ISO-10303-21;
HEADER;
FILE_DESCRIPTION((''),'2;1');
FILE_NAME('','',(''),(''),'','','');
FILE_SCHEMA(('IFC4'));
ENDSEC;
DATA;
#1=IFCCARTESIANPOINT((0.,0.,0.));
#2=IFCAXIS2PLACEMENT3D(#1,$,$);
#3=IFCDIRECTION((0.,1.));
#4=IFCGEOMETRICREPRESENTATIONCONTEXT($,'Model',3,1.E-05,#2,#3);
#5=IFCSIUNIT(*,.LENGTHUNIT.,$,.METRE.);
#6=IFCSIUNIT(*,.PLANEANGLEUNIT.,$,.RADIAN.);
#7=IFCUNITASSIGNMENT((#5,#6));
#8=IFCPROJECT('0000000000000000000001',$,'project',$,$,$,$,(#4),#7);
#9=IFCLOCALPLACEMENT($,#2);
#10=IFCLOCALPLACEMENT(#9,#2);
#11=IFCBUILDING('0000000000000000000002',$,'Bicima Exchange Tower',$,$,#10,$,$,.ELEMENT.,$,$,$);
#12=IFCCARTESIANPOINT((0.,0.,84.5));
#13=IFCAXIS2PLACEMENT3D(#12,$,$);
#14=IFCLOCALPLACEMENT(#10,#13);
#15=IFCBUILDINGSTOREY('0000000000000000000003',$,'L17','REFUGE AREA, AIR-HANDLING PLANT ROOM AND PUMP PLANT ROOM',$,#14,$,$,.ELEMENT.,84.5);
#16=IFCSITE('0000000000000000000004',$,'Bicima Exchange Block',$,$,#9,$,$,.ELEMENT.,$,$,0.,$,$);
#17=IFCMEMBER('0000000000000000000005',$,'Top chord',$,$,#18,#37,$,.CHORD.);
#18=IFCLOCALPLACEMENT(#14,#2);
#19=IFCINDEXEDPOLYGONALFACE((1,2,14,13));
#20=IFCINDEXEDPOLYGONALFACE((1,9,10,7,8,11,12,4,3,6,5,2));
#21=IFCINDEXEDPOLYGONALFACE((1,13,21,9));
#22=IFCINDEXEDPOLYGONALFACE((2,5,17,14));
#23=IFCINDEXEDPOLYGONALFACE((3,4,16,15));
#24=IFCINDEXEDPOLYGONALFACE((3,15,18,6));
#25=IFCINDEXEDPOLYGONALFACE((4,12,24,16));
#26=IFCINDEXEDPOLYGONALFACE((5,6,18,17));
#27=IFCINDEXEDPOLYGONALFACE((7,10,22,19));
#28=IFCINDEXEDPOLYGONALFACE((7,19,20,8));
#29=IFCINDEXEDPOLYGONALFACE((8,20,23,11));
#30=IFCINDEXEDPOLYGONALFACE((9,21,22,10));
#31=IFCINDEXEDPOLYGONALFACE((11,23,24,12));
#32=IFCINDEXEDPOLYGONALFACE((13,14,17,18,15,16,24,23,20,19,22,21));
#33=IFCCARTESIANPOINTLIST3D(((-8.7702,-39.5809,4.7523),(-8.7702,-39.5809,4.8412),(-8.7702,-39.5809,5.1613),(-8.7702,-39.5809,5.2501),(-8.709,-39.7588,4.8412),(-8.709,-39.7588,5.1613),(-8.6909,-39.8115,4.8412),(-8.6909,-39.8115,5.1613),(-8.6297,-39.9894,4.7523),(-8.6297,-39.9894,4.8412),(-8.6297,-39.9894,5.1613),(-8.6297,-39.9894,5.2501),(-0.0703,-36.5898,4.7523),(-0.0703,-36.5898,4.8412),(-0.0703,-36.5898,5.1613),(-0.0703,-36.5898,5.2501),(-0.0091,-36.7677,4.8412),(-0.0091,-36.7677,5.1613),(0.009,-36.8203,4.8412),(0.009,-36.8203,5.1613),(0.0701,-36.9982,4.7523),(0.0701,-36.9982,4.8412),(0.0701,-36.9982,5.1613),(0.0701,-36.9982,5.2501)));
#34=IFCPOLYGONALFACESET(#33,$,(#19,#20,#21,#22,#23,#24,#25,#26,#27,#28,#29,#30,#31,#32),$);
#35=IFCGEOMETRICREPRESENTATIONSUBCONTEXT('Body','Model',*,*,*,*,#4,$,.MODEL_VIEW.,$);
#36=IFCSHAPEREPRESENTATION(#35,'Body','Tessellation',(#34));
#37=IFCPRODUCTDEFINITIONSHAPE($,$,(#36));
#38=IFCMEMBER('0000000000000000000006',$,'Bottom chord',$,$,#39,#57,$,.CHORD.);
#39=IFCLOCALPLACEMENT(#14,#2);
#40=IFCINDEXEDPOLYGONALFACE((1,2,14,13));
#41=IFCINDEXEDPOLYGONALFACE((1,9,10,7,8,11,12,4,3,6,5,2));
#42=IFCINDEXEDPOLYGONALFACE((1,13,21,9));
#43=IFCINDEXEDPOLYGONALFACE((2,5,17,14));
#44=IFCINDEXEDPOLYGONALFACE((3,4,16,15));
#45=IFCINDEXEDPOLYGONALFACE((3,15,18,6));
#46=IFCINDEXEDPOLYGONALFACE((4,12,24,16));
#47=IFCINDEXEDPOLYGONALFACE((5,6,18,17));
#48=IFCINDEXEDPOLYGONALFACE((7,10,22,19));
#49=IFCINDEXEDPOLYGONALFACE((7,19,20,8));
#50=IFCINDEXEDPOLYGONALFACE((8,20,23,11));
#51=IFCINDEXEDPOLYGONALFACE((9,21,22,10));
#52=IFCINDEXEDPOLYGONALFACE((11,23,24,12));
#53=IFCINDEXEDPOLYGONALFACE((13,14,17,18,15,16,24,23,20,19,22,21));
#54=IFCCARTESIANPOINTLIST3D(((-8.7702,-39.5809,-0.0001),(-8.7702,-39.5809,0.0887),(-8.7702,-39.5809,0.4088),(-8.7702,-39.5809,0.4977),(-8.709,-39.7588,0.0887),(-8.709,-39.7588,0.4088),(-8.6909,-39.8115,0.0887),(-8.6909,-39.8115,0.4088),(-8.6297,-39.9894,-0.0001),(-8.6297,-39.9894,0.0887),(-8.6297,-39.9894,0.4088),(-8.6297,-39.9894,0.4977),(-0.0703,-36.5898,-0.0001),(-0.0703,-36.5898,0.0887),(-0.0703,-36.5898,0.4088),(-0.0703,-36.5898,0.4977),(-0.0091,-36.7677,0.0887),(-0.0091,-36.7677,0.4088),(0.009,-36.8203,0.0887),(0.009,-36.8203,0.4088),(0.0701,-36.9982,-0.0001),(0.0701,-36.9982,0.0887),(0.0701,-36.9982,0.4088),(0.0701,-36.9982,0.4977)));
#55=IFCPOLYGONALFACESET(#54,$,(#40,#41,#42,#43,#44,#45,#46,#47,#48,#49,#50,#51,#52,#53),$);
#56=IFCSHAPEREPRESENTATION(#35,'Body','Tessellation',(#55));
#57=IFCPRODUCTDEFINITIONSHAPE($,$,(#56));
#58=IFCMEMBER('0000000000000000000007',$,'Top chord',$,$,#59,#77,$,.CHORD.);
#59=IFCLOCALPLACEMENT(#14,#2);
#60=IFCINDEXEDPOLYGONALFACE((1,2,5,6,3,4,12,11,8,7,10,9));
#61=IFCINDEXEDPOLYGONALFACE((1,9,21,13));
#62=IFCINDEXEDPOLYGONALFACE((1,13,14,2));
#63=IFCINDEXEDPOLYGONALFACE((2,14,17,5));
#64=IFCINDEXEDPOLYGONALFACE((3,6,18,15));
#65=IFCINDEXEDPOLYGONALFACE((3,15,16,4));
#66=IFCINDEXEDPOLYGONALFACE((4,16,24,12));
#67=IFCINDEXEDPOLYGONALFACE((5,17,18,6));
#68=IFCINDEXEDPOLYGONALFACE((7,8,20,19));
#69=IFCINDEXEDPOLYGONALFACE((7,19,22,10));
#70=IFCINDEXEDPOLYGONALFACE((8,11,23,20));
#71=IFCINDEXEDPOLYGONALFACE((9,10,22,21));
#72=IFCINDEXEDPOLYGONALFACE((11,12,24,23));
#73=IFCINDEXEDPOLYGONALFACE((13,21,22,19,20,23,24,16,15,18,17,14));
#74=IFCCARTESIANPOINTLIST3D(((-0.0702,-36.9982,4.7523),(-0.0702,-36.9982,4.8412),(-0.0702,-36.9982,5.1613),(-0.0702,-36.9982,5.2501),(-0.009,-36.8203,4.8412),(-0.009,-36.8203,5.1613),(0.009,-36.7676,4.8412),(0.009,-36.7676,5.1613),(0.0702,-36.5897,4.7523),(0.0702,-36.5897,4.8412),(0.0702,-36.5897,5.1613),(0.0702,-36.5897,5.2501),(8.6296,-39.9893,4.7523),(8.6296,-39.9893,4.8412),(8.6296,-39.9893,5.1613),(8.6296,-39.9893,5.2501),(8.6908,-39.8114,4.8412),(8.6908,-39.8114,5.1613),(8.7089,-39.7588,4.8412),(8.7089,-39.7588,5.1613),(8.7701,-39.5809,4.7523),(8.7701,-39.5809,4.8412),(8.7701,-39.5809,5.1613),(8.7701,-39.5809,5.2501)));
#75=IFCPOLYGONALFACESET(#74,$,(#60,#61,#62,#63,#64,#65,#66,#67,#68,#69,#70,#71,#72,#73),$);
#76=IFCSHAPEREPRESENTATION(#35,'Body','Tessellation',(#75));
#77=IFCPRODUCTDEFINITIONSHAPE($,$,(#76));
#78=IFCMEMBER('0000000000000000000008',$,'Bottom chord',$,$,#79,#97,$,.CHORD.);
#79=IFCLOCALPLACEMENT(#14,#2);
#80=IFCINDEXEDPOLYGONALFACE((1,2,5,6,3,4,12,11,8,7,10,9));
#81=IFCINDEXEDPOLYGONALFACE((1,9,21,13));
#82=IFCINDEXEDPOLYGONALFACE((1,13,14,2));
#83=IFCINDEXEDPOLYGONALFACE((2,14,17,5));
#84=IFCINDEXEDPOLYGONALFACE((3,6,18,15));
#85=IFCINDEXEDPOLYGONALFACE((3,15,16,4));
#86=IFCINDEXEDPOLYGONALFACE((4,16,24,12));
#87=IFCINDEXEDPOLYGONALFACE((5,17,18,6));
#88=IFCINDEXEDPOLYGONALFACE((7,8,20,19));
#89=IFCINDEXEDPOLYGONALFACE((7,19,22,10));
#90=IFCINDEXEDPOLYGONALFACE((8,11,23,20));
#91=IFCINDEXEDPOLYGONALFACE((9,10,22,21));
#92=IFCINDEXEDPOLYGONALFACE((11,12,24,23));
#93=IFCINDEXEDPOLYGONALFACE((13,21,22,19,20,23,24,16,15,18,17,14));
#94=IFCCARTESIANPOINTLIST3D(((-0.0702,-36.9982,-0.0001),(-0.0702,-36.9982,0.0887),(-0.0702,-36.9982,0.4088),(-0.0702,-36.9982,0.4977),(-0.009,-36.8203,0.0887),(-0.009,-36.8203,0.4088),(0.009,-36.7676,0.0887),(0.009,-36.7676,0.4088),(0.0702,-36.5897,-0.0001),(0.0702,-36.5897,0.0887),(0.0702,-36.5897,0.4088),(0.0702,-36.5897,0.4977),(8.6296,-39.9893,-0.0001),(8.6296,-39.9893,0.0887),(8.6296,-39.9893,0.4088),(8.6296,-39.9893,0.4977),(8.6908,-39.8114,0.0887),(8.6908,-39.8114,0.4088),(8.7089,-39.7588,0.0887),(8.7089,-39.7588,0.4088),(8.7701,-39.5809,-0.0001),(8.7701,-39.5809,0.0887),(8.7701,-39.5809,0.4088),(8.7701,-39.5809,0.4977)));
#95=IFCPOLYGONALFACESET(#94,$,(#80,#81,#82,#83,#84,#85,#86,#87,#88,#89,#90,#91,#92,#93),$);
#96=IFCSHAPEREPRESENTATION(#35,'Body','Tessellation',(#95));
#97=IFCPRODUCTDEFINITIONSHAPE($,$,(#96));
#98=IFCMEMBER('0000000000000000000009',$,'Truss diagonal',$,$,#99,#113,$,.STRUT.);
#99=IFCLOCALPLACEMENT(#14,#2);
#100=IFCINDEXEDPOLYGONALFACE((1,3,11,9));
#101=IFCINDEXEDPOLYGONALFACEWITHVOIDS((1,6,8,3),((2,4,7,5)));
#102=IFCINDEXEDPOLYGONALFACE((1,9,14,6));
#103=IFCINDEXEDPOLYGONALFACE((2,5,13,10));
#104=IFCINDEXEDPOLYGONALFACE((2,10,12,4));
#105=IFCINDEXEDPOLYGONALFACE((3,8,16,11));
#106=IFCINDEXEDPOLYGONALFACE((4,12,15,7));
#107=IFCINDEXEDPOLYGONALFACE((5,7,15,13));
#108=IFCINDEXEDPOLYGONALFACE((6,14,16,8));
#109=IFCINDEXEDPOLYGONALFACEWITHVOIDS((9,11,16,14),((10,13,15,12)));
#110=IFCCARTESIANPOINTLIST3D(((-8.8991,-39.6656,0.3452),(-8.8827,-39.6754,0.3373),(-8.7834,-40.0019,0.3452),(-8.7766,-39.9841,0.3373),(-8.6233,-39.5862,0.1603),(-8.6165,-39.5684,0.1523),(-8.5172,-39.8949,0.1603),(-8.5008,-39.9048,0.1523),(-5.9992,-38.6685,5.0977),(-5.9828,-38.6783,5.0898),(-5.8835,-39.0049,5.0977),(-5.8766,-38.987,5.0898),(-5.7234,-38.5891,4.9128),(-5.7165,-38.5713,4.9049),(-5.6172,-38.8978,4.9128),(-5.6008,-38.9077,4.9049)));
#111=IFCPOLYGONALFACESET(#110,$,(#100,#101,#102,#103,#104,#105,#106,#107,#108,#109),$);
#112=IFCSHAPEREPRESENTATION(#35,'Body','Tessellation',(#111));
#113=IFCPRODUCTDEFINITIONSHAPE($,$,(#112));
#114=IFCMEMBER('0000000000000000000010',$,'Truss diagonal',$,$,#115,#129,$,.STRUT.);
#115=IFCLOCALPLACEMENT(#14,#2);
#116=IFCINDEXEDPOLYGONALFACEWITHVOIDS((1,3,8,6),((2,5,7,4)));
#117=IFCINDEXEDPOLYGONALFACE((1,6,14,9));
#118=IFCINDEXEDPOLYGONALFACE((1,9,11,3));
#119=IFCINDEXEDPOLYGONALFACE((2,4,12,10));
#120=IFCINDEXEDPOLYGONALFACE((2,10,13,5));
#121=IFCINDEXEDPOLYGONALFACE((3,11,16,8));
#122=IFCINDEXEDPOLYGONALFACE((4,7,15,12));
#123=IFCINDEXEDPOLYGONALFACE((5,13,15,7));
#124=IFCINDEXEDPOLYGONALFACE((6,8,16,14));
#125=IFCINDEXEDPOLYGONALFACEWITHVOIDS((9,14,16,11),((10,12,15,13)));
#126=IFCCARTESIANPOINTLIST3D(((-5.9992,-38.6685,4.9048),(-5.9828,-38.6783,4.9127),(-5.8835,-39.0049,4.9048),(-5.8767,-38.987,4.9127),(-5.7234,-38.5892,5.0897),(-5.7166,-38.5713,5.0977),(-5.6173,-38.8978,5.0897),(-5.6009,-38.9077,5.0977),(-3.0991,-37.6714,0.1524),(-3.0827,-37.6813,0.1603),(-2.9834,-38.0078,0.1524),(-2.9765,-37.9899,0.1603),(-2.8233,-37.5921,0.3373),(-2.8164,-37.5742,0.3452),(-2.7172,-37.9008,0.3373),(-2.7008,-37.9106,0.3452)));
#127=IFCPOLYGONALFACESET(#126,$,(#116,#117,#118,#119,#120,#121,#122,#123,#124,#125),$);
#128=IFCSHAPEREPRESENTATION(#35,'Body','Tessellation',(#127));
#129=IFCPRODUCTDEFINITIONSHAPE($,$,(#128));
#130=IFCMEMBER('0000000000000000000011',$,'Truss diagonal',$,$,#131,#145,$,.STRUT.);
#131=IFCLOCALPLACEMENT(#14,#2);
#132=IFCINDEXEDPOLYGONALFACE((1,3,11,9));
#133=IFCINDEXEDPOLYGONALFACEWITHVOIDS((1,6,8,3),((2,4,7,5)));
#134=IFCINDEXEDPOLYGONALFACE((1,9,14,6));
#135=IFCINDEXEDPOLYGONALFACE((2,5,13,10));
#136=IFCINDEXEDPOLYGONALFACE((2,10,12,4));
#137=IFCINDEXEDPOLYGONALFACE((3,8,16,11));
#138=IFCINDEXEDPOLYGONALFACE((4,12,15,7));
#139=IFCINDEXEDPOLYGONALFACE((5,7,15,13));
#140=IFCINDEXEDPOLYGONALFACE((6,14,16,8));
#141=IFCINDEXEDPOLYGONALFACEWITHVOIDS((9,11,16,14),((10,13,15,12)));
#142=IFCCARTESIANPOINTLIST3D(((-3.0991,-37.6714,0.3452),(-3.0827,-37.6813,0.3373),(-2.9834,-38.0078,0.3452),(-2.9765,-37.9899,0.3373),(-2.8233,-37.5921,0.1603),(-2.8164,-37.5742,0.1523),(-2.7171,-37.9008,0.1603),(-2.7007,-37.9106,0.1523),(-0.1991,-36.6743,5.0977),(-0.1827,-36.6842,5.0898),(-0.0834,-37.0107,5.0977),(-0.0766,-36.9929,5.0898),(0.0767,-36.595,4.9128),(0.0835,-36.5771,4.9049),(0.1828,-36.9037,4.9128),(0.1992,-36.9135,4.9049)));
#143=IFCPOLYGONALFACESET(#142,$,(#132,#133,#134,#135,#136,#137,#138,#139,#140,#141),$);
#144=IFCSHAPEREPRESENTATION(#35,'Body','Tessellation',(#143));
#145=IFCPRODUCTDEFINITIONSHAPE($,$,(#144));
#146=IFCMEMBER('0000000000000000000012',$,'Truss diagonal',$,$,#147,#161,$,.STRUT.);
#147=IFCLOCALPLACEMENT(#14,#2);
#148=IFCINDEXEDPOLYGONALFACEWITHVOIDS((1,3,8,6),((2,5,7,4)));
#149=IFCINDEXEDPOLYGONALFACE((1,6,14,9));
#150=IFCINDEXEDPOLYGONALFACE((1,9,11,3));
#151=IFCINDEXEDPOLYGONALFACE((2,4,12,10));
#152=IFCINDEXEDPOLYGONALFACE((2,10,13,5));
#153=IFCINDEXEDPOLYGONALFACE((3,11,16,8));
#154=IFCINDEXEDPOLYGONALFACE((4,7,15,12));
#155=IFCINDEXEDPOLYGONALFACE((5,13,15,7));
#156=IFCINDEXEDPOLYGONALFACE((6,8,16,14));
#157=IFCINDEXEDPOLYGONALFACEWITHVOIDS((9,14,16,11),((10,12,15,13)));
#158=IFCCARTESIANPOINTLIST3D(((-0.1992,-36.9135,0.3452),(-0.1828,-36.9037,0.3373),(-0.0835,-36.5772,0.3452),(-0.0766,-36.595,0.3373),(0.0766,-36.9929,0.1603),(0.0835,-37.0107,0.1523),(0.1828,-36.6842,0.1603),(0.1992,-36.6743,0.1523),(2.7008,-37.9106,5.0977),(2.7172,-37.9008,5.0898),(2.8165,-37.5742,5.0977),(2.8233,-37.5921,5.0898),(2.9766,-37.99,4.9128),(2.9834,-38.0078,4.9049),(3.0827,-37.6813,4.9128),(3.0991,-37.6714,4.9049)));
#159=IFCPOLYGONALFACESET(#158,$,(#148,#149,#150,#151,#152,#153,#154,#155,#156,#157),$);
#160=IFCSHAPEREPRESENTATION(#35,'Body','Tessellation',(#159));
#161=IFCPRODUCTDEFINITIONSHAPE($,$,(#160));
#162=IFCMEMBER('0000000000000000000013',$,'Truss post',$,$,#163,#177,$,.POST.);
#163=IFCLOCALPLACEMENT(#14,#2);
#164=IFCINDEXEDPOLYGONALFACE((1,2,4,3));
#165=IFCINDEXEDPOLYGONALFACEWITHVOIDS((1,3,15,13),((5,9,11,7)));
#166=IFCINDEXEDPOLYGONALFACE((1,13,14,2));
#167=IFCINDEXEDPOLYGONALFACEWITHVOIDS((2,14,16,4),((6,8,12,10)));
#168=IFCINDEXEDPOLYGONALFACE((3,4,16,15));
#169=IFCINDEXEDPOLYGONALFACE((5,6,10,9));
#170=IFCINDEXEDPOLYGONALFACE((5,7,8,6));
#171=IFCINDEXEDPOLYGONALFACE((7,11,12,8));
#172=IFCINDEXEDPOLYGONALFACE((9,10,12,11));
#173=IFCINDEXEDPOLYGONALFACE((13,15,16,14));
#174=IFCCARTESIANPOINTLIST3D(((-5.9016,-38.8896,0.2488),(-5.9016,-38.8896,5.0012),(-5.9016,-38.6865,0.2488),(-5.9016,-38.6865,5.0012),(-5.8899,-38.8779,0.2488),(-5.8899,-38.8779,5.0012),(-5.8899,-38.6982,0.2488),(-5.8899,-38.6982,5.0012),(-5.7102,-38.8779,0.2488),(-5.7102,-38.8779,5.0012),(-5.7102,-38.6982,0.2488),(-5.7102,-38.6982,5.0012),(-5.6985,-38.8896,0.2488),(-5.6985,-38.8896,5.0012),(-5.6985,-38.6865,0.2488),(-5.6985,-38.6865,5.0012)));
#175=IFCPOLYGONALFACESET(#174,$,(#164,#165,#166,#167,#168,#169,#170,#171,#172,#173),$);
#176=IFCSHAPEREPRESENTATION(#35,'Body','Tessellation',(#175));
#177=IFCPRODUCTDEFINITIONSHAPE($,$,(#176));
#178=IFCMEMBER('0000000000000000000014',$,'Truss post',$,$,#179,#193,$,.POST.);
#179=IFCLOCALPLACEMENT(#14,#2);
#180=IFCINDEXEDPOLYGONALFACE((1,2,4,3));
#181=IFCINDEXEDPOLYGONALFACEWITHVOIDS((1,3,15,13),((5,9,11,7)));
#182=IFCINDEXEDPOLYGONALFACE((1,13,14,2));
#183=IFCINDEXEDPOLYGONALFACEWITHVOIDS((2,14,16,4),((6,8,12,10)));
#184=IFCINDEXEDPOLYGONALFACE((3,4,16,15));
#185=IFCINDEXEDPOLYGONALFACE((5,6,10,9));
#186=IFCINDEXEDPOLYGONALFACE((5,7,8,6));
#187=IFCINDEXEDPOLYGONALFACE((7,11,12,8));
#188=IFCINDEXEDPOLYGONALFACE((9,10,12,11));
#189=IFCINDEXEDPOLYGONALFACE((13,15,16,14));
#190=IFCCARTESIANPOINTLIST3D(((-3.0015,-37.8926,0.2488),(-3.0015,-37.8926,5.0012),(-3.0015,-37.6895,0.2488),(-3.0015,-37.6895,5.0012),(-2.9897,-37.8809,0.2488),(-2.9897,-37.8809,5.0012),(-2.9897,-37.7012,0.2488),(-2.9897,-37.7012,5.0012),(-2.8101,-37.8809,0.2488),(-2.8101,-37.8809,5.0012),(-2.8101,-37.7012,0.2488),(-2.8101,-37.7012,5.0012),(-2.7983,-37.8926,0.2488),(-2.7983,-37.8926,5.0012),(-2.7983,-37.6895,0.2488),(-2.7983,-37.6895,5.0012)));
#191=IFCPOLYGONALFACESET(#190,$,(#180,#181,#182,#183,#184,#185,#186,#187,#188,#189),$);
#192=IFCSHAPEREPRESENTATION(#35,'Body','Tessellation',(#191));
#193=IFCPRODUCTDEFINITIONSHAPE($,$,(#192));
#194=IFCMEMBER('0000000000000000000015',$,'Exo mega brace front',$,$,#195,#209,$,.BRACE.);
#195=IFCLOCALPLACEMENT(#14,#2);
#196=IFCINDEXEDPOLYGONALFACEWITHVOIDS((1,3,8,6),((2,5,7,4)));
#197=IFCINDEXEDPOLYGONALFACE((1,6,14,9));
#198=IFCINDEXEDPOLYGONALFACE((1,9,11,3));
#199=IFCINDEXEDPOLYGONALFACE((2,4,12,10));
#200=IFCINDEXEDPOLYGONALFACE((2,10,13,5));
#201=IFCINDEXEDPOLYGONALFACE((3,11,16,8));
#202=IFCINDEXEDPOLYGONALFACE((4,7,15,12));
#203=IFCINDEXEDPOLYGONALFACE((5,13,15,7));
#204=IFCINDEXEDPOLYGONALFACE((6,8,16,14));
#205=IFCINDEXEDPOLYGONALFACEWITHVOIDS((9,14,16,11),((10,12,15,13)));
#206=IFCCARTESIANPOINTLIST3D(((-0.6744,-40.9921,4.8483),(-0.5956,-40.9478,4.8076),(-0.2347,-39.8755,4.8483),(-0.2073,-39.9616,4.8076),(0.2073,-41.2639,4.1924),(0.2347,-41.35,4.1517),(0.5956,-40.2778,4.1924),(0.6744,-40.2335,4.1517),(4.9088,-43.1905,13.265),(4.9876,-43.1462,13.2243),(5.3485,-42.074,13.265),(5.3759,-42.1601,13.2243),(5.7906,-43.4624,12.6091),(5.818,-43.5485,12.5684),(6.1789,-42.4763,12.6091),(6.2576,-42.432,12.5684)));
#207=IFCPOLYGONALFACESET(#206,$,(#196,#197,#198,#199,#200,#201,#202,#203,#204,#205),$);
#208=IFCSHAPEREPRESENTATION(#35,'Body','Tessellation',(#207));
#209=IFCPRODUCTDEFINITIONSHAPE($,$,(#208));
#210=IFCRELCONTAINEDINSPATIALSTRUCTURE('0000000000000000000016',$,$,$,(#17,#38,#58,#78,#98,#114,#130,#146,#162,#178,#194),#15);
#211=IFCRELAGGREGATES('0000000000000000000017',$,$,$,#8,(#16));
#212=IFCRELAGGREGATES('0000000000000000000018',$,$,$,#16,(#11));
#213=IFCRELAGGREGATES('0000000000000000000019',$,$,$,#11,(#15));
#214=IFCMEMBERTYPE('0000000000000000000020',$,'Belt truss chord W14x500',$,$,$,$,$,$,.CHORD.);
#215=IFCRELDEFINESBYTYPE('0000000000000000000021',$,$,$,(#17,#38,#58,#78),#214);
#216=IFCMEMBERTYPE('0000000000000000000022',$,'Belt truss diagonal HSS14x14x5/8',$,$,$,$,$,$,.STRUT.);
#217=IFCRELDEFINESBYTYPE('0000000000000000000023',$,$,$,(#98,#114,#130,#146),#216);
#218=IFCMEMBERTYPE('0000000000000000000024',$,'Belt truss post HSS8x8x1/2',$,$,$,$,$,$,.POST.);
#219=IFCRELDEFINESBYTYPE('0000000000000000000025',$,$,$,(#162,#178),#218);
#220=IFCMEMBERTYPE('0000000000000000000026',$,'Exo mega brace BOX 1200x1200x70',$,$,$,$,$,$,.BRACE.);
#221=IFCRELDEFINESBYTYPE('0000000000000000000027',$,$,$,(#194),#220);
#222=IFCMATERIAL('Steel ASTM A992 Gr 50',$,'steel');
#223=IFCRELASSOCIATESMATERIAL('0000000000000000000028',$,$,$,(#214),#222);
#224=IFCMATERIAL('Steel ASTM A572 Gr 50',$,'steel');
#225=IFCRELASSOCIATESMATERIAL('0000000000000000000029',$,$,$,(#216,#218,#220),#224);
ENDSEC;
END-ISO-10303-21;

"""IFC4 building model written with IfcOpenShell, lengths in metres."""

from ifc_helpers import new_model, si_unit, direction, frame, origin, origin_2d, place, context, subcontext, project, spatial, hollow_rectangle, i_section, extrude, material, material_profile, profile_set, type_object, element, save


model = new_model("IFC4")

# Units and contexts
model_context = context("Model", 3, precision=1e-05, world=origin(), true_north=direction((0.0, 1.0)))
body_context = subcontext(model_context, "Body", "Model", "MODEL_VIEW")
ifc_project = project(units=[si_unit("LENGTHUNIT", "METRE"), si_unit("PLANEANGLEUNIT", "RADIAN")], contexts=[model_context])

# Site, building, storey
site_placement = place(None, origin())
site = spatial("IfcSite", under=ifc_project, at=site_placement, Name="Bicima Exchange Block", CompositionType="ELEMENT", RefElevation=0.0)
building_placement = place(site_placement, origin())
building = spatial("IfcBuilding", under=site, at=building_placement, Name="Bicima Exchange Tower", CompositionType="ELEMENT")
storey_placement = place(building_placement, frame((0.0, 0.0, 84.5)))
storey = spatial("IfcBuildingStorey", under=building, at=storey_placement, Name="L17", Description="REFUGE AREA, AIR-HANDLING PLANT ROOM AND PUMP PLANT ROOM", CompositionType="ELEMENT", Elevation=84.5)

# Shared definitions
ifc_material_1 = material(Name="Steel ASTM A992 Gr 50", Category="steel")

# Members
ifc_material_profile_1 = material_profile(ifc_material_1, i_section(OverallWidth=0.4319, OverallDepth=0.4978, WebThickness=0.0557, FlangeThickness=0.0889, at=origin_2d()))
ifc_profile_set_1 = profile_set([ifc_material_profile_1], Name="Steel ASTM A992 Gr 50")
member_type_1 = type_object("IfcMemberType", Name="Belt truss chord W14x500", PredefinedType="CHORD", material=ifc_profile_set_1)
for number, where, z_axis, x_axis, name in (
    (1, (-8.7, -39.7852, 5.0012), (0.945666, 0.325138, 0.0), (-0.325138, 0.945666, 0.0), "Top chord"),
    (2, (-8.7, -39.7852, 0.2488), (0.945666, 0.325138, 0.0), (-0.325138, 0.945666, 0.0), "Bottom chord"),
    (3, (0.0, -36.7939, 5.0012), (0.945666, -0.325138, 0.0), (0.325138, 0.945666, 0.0), "Top chord"),
    (4, (0.0, -36.7939, 0.2488), (0.945666, -0.325138, 0.0), (0.325138, 0.945666, 0.0), "Bottom chord"),
):
    element("IfcMember", number, at=place(storey_placement, frame(where, z_axis=z_axis, x_axis=x_axis)), inside=storey, type_object=member_type_1, Name=name, PredefinedType="CHORD", context=body_context, shape_type="SweptSolid", body=[
        extrude(i_section(OverallWidth=0.4319, OverallDepth=0.4978, WebThickness=0.0557, FlangeThickness=0.0889, at=origin_2d()), origin(), (0.0, 0.0, 1.0), 9.1997),
    ])
ifc_material_2 = material(Name="Steel ASTM A572 Gr 50", Category="steel")
ifc_material_profile_2 = material_profile(ifc_material_2, hollow_rectangle(XDim=0.3557, YDim=0.3557, WallThickness=0.0146, at=origin_2d()))
ifc_profile_set_2 = profile_set([ifc_material_profile_2], Name="Steel ASTM A572 Gr 50")
member_type_2 = type_object("IfcMemberType", Name="Belt truss diagonal HSS14x14x5/8", PredefinedType="STRUT", material=ifc_profile_set_2)
for number, where, z_axis, x_axis, name in (
    (5, (-8.7, -39.7852, 0.2488), (0.512721, 0.176288, 0.840262), (-0.325147, 0.945664, 0.0), "Truss diagonal"),
    (6, (-5.8, -38.7881, 5.0012), (0.512753, 0.176284, -0.840243), (-0.325122, 0.945672, 0.0), "Truss diagonal"),
    (7, (-2.8999, -37.791, 0.2488), (0.512721, 0.176288, 0.840262), (-0.325147, 0.945664, 0.0), "Truss diagonal"),
    (8, (0.0, -36.7939, 0.2488), (0.512721, -0.176288, 0.840262), (0.325147, 0.945664, 0.0), "Truss diagonal"),
):
    element("IfcMember", number, at=place(storey_placement, frame(where, z_axis=z_axis, x_axis=x_axis)), inside=storey, type_object=member_type_2, Name=name, PredefinedType="STRUT", context=body_context, shape_type="SweptSolid", body=[
        extrude(hollow_rectangle(XDim=0.3557, YDim=0.3557, WallThickness=0.0146, at=origin_2d()), origin(), (0.0, 0.0, 1.0), 5.656),
    ])
ifc_material_profile_3 = material_profile(ifc_material_2, hollow_rectangle(XDim=0.2031, YDim=0.2031, WallThickness=0.0117, at=origin_2d()))
ifc_profile_set_3 = profile_set([ifc_material_profile_3], Name="Steel ASTM A572 Gr 50")
member_type_3 = type_object("IfcMemberType", Name="Belt truss post HSS8x8x1/2", PredefinedType="POST", material=ifc_profile_set_3)
for number, where, z_axis, x_axis, name in (
    (9, (-5.8, -38.7881, 0.2488), (0.0, 0.0, 1.0), (1.0, 0.0, 0.0), "Truss post"),
    (10, (-2.8999, -37.791, 0.2488), (0.0, 0.0, 1.0), (1.0, 0.0, 0.0), "Truss post"),
):
    element("IfcMember", number, at=place(storey_placement, frame(where, z_axis=z_axis, x_axis=x_axis)), inside=storey, type_object=member_type_3, Name=name, PredefinedType="POST", context=body_context, shape_type="SweptSolid", body=[
        extrude(hollow_rectangle(XDim=0.2031, YDim=0.2031, WallThickness=0.0117, at=origin_2d()), origin(), (0.0, 0.0, 1.0), 4.7524),
    ])
ifc_material_profile_4 = material_profile(ifc_material_2, hollow_rectangle(XDim=1.2, YDim=1.2, WallThickness=0.0701, at=origin_2d()))
ifc_profile_set_4 = profile_set([ifc_material_profile_4], Name="Steel ASTM A572 Gr 50")
member_type_4 = type_object("IfcMemberType", Name="Exo mega brace BOX 1200x1200x70", PredefinedType="BRACE", material=ifc_profile_set_4)
member_1_placement = place(storey_placement, frame((0.0, -40.6128, 4.5), z_axis=(0.540138, -0.212687, 0.814257), x_axis=(0.366384, 0.930464, 0.0)))
element("IfcMember", 11, at=member_1_placement, inside=storey, type_object=member_type_4, Name="Exo mega brace front", PredefinedType="BRACE", context=body_context, shape_type="SweptSolid", body=[
    extrude(hollow_rectangle(XDim=1.2, YDim=1.2, WallThickness=0.0701, at=origin_2d()), origin(), (0.0, 0.0, 1.0), 10.3367),
])

save(model, "model.ifc")
